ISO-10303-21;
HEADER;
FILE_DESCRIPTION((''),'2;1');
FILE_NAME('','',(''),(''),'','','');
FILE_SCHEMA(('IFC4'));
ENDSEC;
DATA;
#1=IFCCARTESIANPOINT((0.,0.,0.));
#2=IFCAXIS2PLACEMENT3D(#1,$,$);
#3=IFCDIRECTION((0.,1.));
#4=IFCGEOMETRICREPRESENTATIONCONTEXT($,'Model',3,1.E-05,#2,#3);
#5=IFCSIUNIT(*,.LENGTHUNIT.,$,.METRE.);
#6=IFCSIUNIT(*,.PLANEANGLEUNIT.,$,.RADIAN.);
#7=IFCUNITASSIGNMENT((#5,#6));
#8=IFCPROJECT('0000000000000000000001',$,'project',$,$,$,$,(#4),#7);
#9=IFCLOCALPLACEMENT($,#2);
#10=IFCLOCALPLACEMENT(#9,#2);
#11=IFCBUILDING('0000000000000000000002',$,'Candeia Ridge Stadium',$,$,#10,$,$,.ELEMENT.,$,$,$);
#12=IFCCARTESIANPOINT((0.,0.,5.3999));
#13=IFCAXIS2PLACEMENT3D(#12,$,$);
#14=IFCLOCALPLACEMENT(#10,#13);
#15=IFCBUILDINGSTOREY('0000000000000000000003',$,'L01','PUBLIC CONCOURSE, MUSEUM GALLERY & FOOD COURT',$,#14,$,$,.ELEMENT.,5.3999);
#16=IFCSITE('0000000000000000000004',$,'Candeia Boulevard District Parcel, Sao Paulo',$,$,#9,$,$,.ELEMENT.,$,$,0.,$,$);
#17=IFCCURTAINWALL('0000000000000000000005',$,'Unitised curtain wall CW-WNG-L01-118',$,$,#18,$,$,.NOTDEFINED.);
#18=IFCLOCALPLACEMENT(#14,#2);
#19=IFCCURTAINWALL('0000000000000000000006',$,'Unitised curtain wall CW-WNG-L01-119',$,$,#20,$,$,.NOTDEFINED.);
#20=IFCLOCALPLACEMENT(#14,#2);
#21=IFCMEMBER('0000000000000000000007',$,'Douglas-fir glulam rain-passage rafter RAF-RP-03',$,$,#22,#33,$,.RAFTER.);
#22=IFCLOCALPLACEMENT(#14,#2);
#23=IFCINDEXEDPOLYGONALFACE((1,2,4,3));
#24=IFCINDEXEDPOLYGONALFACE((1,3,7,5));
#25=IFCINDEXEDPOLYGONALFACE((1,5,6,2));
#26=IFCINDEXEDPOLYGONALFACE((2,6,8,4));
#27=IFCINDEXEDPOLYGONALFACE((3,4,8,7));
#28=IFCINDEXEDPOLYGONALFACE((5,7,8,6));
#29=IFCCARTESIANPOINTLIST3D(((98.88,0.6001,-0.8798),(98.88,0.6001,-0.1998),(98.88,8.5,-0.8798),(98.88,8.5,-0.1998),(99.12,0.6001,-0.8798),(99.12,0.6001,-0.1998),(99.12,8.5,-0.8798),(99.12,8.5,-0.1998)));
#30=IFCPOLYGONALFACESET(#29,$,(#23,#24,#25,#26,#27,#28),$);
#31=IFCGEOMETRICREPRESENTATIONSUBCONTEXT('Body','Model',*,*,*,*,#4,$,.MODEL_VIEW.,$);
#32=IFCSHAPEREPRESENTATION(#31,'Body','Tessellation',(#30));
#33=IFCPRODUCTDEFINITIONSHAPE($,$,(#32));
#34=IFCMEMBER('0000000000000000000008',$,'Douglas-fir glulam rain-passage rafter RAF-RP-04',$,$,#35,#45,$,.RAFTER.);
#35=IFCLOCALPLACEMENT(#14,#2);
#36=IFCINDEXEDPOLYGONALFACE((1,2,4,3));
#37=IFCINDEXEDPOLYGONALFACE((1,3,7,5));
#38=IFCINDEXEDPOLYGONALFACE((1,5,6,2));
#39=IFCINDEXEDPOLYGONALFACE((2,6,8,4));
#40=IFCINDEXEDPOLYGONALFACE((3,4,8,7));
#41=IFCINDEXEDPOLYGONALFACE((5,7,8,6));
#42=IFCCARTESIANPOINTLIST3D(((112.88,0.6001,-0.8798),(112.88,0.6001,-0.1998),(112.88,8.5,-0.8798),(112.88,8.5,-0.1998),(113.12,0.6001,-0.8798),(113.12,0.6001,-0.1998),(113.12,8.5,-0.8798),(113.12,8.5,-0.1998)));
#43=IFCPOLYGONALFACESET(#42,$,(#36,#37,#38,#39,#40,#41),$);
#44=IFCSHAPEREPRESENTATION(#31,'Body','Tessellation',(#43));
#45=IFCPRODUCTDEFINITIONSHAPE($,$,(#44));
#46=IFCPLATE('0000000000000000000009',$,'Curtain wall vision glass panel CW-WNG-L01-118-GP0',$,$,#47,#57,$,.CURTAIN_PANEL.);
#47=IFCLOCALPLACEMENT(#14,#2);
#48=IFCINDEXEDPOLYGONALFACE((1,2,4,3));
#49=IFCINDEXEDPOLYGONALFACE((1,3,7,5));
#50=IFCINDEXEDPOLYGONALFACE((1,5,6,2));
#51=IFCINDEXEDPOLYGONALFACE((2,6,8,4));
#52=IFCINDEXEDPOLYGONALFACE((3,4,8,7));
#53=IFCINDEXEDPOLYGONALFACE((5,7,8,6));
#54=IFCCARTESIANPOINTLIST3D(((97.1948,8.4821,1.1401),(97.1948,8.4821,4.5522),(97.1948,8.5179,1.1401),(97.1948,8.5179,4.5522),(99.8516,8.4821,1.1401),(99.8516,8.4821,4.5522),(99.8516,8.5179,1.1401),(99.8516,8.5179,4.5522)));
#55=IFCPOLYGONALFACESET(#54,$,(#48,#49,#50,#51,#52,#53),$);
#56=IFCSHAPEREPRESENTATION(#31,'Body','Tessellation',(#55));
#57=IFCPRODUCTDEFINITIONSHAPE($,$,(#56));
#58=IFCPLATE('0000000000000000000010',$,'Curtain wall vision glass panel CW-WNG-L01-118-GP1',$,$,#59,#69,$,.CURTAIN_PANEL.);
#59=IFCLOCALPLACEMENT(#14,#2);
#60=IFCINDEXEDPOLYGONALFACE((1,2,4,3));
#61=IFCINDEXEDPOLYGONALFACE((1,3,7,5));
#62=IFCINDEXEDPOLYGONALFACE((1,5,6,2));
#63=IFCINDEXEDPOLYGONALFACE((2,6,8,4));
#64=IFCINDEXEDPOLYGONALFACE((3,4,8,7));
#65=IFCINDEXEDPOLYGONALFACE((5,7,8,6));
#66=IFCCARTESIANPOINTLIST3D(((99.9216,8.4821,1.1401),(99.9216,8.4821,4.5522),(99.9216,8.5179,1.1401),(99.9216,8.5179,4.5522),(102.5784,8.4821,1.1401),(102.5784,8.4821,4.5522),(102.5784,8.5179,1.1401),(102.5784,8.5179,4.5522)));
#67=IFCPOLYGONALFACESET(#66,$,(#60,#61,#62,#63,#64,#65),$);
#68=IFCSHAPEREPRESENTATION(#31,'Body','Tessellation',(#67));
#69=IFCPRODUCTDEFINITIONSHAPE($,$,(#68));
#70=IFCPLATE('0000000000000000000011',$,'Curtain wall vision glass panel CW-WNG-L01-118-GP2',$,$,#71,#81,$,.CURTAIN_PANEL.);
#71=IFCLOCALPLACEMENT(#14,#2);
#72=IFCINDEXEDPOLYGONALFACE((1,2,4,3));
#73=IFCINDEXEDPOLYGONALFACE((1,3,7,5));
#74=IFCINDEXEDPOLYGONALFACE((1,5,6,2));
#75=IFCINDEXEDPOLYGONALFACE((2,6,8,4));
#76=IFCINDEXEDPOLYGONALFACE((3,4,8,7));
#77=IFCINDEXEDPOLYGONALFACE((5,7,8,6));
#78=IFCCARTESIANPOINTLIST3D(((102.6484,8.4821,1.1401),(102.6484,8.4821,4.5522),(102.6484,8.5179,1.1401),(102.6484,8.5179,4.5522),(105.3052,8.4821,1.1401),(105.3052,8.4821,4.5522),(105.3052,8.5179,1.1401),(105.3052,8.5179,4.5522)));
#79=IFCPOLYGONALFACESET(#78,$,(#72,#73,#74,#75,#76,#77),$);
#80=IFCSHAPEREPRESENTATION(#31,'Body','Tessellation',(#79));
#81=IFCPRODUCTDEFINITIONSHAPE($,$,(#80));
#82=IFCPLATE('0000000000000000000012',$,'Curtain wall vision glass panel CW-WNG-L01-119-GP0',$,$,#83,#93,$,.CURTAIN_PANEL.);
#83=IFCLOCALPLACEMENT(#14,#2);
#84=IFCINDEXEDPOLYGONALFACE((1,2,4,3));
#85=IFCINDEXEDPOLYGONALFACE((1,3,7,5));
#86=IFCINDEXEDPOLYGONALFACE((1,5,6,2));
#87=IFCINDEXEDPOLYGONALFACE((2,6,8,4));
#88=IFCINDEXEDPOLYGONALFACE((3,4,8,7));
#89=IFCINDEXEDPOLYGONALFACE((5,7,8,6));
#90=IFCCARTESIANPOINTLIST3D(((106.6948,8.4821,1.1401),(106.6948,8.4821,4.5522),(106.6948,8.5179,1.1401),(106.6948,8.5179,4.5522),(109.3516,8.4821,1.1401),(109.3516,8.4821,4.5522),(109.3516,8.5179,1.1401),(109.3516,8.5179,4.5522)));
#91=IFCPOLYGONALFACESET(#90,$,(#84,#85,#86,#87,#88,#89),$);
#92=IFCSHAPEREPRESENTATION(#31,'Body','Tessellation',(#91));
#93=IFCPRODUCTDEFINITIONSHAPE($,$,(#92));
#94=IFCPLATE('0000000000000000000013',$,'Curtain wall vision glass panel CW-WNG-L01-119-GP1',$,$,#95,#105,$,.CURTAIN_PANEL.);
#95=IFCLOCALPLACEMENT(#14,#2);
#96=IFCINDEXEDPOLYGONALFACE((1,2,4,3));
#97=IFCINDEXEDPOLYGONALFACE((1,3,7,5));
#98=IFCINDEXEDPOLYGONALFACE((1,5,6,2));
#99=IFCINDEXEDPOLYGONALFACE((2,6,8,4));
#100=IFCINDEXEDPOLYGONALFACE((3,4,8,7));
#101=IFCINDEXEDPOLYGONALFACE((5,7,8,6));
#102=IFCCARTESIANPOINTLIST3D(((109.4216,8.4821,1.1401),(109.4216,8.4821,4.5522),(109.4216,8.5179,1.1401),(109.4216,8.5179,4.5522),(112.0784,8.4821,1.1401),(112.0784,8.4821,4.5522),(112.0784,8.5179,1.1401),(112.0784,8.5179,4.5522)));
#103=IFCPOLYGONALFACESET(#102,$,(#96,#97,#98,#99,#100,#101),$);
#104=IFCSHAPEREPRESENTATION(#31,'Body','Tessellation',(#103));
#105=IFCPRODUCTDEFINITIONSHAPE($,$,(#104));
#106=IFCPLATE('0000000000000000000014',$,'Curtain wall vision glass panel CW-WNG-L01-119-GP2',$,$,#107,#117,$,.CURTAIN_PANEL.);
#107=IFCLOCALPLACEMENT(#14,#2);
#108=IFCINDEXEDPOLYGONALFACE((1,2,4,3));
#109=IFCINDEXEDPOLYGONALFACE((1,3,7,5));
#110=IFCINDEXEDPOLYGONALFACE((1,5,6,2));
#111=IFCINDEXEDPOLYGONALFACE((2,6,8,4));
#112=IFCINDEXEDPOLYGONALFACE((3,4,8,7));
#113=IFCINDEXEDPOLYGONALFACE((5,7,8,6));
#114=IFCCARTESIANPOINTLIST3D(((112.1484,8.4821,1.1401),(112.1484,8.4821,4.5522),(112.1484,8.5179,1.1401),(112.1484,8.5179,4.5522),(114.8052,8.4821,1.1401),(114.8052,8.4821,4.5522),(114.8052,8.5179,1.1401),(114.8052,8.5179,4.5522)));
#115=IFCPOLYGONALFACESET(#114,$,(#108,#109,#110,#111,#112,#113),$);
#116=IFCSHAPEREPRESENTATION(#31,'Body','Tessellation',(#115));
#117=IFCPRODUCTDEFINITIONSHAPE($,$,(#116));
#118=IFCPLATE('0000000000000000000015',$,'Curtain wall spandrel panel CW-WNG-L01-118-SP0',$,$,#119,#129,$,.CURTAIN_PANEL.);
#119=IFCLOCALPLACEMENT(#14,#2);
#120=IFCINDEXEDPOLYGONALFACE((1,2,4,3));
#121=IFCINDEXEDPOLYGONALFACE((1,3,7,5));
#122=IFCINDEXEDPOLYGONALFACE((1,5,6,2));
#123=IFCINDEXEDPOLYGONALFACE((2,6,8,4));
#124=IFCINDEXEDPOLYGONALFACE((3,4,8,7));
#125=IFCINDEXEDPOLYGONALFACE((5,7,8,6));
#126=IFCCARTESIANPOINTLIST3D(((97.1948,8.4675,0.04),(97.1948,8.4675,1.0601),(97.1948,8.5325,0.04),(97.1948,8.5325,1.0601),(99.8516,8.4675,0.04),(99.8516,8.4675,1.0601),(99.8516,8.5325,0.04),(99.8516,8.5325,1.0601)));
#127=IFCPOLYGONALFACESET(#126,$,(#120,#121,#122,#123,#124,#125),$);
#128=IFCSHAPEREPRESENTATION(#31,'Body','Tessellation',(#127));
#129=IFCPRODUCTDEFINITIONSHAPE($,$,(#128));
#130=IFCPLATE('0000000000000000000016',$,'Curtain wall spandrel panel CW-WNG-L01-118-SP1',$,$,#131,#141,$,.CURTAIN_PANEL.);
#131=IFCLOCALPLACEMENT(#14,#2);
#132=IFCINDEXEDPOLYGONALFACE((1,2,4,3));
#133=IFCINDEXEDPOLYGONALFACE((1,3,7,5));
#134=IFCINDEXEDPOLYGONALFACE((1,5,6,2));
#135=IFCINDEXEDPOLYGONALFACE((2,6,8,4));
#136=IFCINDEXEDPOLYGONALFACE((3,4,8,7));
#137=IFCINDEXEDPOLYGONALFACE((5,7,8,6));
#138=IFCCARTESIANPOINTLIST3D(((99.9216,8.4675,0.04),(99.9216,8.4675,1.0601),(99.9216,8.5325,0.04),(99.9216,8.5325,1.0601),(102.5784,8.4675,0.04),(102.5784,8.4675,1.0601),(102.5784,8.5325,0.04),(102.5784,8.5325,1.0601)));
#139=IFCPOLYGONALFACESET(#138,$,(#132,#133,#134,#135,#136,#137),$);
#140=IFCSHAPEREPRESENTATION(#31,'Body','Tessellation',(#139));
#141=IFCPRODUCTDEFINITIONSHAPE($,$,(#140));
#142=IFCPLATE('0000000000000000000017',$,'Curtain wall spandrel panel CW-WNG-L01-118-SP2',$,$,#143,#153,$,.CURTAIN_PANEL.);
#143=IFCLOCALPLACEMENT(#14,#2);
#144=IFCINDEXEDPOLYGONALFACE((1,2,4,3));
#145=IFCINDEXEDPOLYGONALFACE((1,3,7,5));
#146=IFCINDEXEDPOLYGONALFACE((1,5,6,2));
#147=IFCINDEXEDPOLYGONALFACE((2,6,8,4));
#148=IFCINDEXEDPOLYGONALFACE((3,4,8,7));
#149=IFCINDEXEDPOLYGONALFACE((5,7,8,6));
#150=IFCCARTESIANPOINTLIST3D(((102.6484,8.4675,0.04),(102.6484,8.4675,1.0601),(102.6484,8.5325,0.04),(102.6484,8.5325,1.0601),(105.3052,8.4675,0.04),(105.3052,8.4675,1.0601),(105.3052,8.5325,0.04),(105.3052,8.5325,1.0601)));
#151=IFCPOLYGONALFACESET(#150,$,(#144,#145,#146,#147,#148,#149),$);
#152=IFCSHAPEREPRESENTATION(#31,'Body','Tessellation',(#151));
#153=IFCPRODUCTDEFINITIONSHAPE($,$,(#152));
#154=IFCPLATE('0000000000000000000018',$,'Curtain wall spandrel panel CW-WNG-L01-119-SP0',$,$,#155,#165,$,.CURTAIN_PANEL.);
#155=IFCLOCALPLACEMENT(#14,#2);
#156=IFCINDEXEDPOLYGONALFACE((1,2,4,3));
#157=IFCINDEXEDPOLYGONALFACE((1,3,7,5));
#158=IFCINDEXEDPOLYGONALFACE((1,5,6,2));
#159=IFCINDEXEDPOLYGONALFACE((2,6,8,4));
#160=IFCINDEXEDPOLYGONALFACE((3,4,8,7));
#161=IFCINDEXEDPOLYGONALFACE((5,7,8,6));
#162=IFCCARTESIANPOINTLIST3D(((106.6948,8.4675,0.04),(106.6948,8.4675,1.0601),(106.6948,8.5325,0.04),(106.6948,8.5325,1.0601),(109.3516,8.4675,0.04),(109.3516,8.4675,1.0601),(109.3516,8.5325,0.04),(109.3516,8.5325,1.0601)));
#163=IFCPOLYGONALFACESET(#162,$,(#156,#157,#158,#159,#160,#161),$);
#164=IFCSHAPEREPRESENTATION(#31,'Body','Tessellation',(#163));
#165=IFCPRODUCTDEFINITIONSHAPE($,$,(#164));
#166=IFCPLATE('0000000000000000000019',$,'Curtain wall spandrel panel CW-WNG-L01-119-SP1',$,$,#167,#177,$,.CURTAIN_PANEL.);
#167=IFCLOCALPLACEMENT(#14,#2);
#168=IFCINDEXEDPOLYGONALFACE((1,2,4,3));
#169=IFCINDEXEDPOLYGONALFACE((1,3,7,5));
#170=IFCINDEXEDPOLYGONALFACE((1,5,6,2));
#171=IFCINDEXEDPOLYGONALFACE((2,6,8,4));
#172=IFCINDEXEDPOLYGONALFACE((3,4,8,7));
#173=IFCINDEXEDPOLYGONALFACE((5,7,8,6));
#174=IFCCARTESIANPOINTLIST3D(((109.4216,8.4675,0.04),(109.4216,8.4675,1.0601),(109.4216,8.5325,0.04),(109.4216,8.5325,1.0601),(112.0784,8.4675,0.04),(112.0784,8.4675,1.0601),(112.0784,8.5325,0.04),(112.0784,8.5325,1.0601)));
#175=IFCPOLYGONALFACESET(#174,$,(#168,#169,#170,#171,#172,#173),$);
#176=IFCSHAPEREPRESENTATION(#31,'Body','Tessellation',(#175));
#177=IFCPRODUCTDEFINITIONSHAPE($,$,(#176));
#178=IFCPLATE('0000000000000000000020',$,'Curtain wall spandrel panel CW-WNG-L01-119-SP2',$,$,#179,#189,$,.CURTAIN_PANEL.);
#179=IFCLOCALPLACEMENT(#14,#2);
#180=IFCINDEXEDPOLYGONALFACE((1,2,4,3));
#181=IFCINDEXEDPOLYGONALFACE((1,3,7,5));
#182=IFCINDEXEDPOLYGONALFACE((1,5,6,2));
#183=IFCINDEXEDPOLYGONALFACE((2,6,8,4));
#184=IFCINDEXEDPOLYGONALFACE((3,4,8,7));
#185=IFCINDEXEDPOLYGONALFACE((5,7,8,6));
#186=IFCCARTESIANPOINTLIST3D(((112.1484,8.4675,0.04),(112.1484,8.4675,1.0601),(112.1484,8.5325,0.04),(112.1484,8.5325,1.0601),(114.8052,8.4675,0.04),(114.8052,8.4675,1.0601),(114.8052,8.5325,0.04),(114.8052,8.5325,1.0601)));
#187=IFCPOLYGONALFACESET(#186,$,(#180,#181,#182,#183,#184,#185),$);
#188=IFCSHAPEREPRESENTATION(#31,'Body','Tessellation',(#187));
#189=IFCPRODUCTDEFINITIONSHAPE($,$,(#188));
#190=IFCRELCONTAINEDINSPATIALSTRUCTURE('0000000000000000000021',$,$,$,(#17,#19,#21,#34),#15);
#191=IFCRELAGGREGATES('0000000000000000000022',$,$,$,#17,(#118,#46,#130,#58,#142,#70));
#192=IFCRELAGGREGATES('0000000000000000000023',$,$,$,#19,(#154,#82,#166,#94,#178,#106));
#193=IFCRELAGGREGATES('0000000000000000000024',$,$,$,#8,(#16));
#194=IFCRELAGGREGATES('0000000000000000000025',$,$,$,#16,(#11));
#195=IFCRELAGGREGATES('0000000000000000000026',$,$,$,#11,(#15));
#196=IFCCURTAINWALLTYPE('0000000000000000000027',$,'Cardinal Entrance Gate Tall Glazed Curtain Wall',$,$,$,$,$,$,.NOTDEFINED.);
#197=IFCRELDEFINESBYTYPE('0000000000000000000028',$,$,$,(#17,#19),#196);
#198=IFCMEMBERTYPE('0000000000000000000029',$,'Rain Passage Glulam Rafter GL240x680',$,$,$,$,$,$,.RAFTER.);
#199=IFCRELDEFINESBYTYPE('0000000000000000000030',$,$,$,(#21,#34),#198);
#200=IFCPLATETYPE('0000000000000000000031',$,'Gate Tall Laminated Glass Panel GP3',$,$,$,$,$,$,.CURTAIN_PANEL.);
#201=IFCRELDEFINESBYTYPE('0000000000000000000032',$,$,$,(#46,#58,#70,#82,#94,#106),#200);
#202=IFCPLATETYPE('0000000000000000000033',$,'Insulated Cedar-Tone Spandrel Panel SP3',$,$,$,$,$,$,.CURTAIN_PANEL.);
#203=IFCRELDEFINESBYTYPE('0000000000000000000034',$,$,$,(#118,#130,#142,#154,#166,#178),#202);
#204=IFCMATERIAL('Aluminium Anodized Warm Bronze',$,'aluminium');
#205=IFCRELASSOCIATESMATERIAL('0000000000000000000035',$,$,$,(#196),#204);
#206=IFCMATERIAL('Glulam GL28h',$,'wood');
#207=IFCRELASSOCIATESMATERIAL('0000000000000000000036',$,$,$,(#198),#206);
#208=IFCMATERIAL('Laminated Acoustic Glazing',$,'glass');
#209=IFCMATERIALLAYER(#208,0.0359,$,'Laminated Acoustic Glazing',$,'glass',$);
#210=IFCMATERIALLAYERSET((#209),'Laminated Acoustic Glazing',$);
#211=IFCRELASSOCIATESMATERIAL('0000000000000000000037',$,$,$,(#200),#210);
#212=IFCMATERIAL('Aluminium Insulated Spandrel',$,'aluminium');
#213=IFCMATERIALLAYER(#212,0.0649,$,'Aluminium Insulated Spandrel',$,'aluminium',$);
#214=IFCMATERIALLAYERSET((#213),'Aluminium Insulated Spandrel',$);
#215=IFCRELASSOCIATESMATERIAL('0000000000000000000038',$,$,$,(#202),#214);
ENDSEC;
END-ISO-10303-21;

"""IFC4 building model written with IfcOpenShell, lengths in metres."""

from ifc_helpers import new_model, si_unit, direction, frame, origin, origin_2d, place, context, subcontext, project, spatial, rectangle, extrude, material, layer, layer_set, material_profile, profile_set, type_object, element, aggregate, save


model = new_model("IFC4")

# Units and contexts
model_context = context("Model", 3, precision=1e-05, world=origin(), true_north=direction((0.0, 1.0)))
body_context = subcontext(model_context, "Body", "Model", "MODEL_VIEW")
ifc_project = project(units=[si_unit("LENGTHUNIT", "METRE"), si_unit("PLANEANGLEUNIT", "RADIAN")], contexts=[model_context])

# Site, building, storey
site_placement = place(None, origin())
site = spatial("IfcSite", under=ifc_project, at=site_placement, Name="Candeia Boulevard District Parcel, Sao Paulo", CompositionType="ELEMENT", RefElevation=0.0)
building_placement = place(site_placement, origin())
building = spatial("IfcBuilding", under=site, at=building_placement, Name="Candeia Ridge Stadium", CompositionType="ELEMENT")
storey_placement = place(building_placement, frame((0.0, 0.0, 5.3999)))
storey = spatial("IfcBuildingStorey", under=building, at=storey_placement, Name="L01", Description="PUBLIC CONCOURSE, MUSEUM GALLERY & FOOD COURT", CompositionType="ELEMENT", Elevation=5.3999)

# Curtain wall
ifc_material_1 = material(Name="Aluminium Anodized Warm Bronze", Category="aluminium")
curtain_wall_type = type_object("IfcCurtainWallType", Name="Cardinal Entrance Gate Tall Glazed Curtain Wall", PredefinedType="NOTDEFINED", material=ifc_material_1)
curtain_wall_1_placement = place(storey_placement, origin())
curtain_wall_1 = element("IfcCurtainWall", 1, at=curtain_wall_1_placement, inside=storey, type_object=curtain_wall_type, Name="Unitised curtain wall CW-WNG-L01-118", PredefinedType="NOTDEFINED")

# Curtain wall
curtain_wall_2_placement = place(storey_placement, origin())
curtain_wall_2 = element("IfcCurtainWall", 2, at=curtain_wall_2_placement, inside=storey, type_object=curtain_wall_type, Name="Unitised curtain wall CW-WNG-L01-119", PredefinedType="NOTDEFINED")

# Members
ifc_material_2 = material(Name="Glulam GL28h", Category="wood")
ifc_material_profile_1 = material_profile(ifc_material_2, rectangle(XDim=0.24, YDim=0.6799, at=origin_2d()), Name="GL240x680", Category="wood")
ifc_profile_set_1 = profile_set([ifc_material_profile_1], Name="Glulam GL28h")
member_type_1 = type_object("IfcMemberType", Name="Rain Passage Glulam Rafter GL240x680", PredefinedType="RAFTER", material=ifc_profile_set_1)
for number, where, z_axis, x_axis, name in (
    (3, (99.0, 0.6001, -0.5398), (0.0, 1.0, 0.0), (-1.0, 0.0, 0.0), "Douglas-fir glulam rain-passage rafter RAF-RP-03"),
    (4, (113.0, 0.6001, -0.5398), (0.0, 1.0, 0.0), (-1.0, 0.0, 0.0), "Douglas-fir glulam rain-passage rafter RAF-RP-04"),
):
    element("IfcMember", number, at=place(storey_placement, frame(where, z_axis=z_axis, x_axis=x_axis)), inside=storey, type_object=member_type_1, Name=name, PredefinedType="RAFTER", context=body_context, shape_type="SweptSolid", body=[
        extrude(rectangle(XDim=0.24, YDim=0.6799, at=origin_2d()), origin(), (0.0, 0.0, 1.0), 7.8999),
    ])

# Plates
ifc_material_3 = material(Name="Laminated Acoustic Glazing", Category="glass")
ifc_layer_1 = layer(ifc_material_3, 0.0359, Name="Laminated Acoustic Glazing", Category="glass")
ifc_layer_set_1 = layer_set([ifc_layer_1], Name="Laminated Acoustic Glazing")
plate_type_1 = type_object("IfcPlateType", Name="Gate Tall Laminated Glass Panel GP3", PredefinedType="CURTAIN_PANEL", material=ifc_layer_set_1)
plate_1_placement = place(storey_placement, frame((98.5232, 8.5, 1.1401), z_axis=(0.0, 0.0, 1.0), x_axis=(1.0, 0.0, 0.0)))
plate_1 = element("IfcPlate", 5, at=plate_1_placement, type_object=plate_type_1, Name="Curtain wall vision glass panel CW-WNG-L01-118-GP0", PredefinedType="CURTAIN_PANEL", context=body_context, shape_type="SweptSolid", body=[
    extrude(rectangle(XDim=2.6567, YDim=0.0359, at=origin_2d()), origin(), (0.0, 0.0, 1.0), 3.4121),
])
plate_2_placement = place(storey_placement, frame((101.25, 8.5, 1.1401), z_axis=(0.0, 0.0, 1.0), x_axis=(1.0, 0.0, 0.0)))
plate_2 = element("IfcPlate", 6, at=plate_2_placement, type_object=plate_type_1, Name="Curtain wall vision glass panel CW-WNG-L01-118-GP1", PredefinedType="CURTAIN_PANEL", context=body_context, shape_type="SweptSolid", body=[
    extrude(rectangle(XDim=2.6567, YDim=0.0359, at=origin_2d()), origin(), (0.0, 0.0, 1.0), 3.4121),
])
plate_3_placement = place(storey_placement, frame((103.9768, 8.5, 1.1401), z_axis=(0.0, 0.0, 1.0), x_axis=(1.0, 0.0, 0.0)))
plate_3 = element("IfcPlate", 7, at=plate_3_placement, type_object=plate_type_1, Name="Curtain wall vision glass panel CW-WNG-L01-118-GP2", PredefinedType="CURTAIN_PANEL", context=body_context, shape_type="SweptSolid", body=[
    extrude(rectangle(XDim=2.6567, YDim=0.0359, at=origin_2d()), origin(), (0.0, 0.0, 1.0), 3.4121),
])
plate_4_placement = place(storey_placement, frame((108.0232, 8.5, 1.1401), z_axis=(0.0, 0.0, 1.0), x_axis=(1.0, 0.0, 0.0)))
plate_4 = element("IfcPlate", 8, at=plate_4_placement, type_object=plate_type_1, Name="Curtain wall vision glass panel CW-WNG-L01-119-GP0", PredefinedType="CURTAIN_PANEL", context=body_context, shape_type="SweptSolid", body=[
    extrude(rectangle(XDim=2.6567, YDim=0.0359, at=origin_2d()), origin(), (0.0, 0.0, 1.0), 3.4121),
])
plate_5_placement = place(storey_placement, frame((110.75, 8.5, 1.1401), z_axis=(0.0, 0.0, 1.0), x_axis=(1.0, 0.0, 0.0)))
plate_5 = element("IfcPlate", 9, at=plate_5_placement, type_object=plate_type_1, Name="Curtain wall vision glass panel CW-WNG-L01-119-GP1", PredefinedType="CURTAIN_PANEL", context=body_context, shape_type="SweptSolid", body=[
    extrude(rectangle(XDim=2.6567, YDim=0.0359, at=origin_2d()), origin(), (0.0, 0.0, 1.0), 3.4121),
])
plate_6_placement = place(storey_placement, frame((113.4768, 8.5, 1.1401), z_axis=(0.0, 0.0, 1.0), x_axis=(1.0, 0.0, 0.0)))
plate_6 = element("IfcPlate", 10, at=plate_6_placement, type_object=plate_type_1, Name="Curtain wall vision glass panel CW-WNG-L01-119-GP2", PredefinedType="CURTAIN_PANEL", context=body_context, shape_type="SweptSolid", body=[
    extrude(rectangle(XDim=2.6567, YDim=0.0359, at=origin_2d()), origin(), (0.0, 0.0, 1.0), 3.4121),
])
ifc_material_4 = material(Name="Aluminium Insulated Spandrel", Category="aluminium")
ifc_layer_2 = layer(ifc_material_4, 0.0649, Name="Aluminium Insulated Spandrel", Category="aluminium")
ifc_layer_set_2 = layer_set([ifc_layer_2], Name="Aluminium Insulated Spandrel")
plate_type_2 = type_object("IfcPlateType", Name="Insulated Cedar-Tone Spandrel Panel SP3", PredefinedType="CURTAIN_PANEL", material=ifc_layer_set_2)
plate_7_placement = place(storey_placement, frame((98.5232, 8.5, 0.04), z_axis=(0.0, 0.0, 1.0), x_axis=(1.0, 0.0, 0.0)))
plate_7 = element("IfcPlate", 11, at=plate_7_placement, type_object=plate_type_2, Name="Curtain wall spandrel panel CW-WNG-L01-118-SP0", PredefinedType="CURTAIN_PANEL", context=body_context, shape_type="SweptSolid", body=[
    extrude(rectangle(XDim=2.6567, YDim=0.0649, at=origin_2d()), origin(), (0.0, 0.0, 1.0), 1.02),
])
plate_8_placement = place(storey_placement, frame((101.25, 8.5, 0.04), z_axis=(0.0, 0.0, 1.0), x_axis=(1.0, 0.0, 0.0)))
plate_8 = element("IfcPlate", 12, at=plate_8_placement, type_object=plate_type_2, Name="Curtain wall spandrel panel CW-WNG-L01-118-SP1", PredefinedType="CURTAIN_PANEL", context=body_context, shape_type="SweptSolid", body=[
    extrude(rectangle(XDim=2.6567, YDim=0.0649, at=origin_2d()), origin(), (0.0, 0.0, 1.0), 1.02),
])
plate_9_placement = place(storey_placement, frame((103.9768, 8.5, 0.04), z_axis=(0.0, 0.0, 1.0), x_axis=(1.0, 0.0, 0.0)))
plate_9 = element("IfcPlate", 13, at=plate_9_placement, type_object=plate_type_2, Name="Curtain wall spandrel panel CW-WNG-L01-118-SP2", PredefinedType="CURTAIN_PANEL", context=body_context, shape_type="SweptSolid", body=[
    extrude(rectangle(XDim=2.6567, YDim=0.0649, at=origin_2d()), origin(), (0.0, 0.0, 1.0), 1.02),
])
aggregate(curtain_wall_1, [plate_7, plate_1, plate_8, plate_2, plate_9, plate_3])
plate_10_placement = place(storey_placement, frame((108.0232, 8.5, 0.04), z_axis=(0.0, 0.0, 1.0), x_axis=(1.0, 0.0, 0.0)))
plate_10 = element("IfcPlate", 14, at=plate_10_placement, type_object=plate_type_2, Name="Curtain wall spandrel panel CW-WNG-L01-119-SP0", PredefinedType="CURTAIN_PANEL", context=body_context, shape_type="SweptSolid", body=[
    extrude(rectangle(XDim=2.6567, YDim=0.0649, at=origin_2d()), origin(), (0.0, 0.0, 1.0), 1.02),
])
plate_11_placement = place(storey_placement, frame((110.75, 8.5, 0.04), z_axis=(0.0, 0.0, 1.0), x_axis=(1.0, 0.0, 0.0)))
plate_11 = element("IfcPlate", 15, at=plate_11_placement, type_object=plate_type_2, Name="Curtain wall spandrel panel CW-WNG-L01-119-SP1", PredefinedType="CURTAIN_PANEL", context=body_context, shape_type="SweptSolid", body=[
    extrude(rectangle(XDim=2.6567, YDim=0.0649, at=origin_2d()), origin(), (0.0, 0.0, 1.0), 1.02),
])
plate_12_placement = place(storey_placement, frame((113.4768, 8.5, 0.04), z_axis=(0.0, 0.0, 1.0), x_axis=(1.0, 0.0, 0.0)))
plate_12 = element("IfcPlate", 16, at=plate_12_placement, type_object=plate_type_2, Name="Curtain wall spandrel panel CW-WNG-L01-119-SP2", PredefinedType="CURTAIN_PANEL", context=body_context, shape_type="SweptSolid", body=[
    extrude(rectangle(XDim=2.6567, YDim=0.0649, at=origin_2d()), origin(), (0.0, 0.0, 1.0), 1.02),
])
aggregate(curtain_wall_2, [plate_10, plate_4, plate_11, plate_5, plate_12, plate_6])

save(model, "model.ifc")
